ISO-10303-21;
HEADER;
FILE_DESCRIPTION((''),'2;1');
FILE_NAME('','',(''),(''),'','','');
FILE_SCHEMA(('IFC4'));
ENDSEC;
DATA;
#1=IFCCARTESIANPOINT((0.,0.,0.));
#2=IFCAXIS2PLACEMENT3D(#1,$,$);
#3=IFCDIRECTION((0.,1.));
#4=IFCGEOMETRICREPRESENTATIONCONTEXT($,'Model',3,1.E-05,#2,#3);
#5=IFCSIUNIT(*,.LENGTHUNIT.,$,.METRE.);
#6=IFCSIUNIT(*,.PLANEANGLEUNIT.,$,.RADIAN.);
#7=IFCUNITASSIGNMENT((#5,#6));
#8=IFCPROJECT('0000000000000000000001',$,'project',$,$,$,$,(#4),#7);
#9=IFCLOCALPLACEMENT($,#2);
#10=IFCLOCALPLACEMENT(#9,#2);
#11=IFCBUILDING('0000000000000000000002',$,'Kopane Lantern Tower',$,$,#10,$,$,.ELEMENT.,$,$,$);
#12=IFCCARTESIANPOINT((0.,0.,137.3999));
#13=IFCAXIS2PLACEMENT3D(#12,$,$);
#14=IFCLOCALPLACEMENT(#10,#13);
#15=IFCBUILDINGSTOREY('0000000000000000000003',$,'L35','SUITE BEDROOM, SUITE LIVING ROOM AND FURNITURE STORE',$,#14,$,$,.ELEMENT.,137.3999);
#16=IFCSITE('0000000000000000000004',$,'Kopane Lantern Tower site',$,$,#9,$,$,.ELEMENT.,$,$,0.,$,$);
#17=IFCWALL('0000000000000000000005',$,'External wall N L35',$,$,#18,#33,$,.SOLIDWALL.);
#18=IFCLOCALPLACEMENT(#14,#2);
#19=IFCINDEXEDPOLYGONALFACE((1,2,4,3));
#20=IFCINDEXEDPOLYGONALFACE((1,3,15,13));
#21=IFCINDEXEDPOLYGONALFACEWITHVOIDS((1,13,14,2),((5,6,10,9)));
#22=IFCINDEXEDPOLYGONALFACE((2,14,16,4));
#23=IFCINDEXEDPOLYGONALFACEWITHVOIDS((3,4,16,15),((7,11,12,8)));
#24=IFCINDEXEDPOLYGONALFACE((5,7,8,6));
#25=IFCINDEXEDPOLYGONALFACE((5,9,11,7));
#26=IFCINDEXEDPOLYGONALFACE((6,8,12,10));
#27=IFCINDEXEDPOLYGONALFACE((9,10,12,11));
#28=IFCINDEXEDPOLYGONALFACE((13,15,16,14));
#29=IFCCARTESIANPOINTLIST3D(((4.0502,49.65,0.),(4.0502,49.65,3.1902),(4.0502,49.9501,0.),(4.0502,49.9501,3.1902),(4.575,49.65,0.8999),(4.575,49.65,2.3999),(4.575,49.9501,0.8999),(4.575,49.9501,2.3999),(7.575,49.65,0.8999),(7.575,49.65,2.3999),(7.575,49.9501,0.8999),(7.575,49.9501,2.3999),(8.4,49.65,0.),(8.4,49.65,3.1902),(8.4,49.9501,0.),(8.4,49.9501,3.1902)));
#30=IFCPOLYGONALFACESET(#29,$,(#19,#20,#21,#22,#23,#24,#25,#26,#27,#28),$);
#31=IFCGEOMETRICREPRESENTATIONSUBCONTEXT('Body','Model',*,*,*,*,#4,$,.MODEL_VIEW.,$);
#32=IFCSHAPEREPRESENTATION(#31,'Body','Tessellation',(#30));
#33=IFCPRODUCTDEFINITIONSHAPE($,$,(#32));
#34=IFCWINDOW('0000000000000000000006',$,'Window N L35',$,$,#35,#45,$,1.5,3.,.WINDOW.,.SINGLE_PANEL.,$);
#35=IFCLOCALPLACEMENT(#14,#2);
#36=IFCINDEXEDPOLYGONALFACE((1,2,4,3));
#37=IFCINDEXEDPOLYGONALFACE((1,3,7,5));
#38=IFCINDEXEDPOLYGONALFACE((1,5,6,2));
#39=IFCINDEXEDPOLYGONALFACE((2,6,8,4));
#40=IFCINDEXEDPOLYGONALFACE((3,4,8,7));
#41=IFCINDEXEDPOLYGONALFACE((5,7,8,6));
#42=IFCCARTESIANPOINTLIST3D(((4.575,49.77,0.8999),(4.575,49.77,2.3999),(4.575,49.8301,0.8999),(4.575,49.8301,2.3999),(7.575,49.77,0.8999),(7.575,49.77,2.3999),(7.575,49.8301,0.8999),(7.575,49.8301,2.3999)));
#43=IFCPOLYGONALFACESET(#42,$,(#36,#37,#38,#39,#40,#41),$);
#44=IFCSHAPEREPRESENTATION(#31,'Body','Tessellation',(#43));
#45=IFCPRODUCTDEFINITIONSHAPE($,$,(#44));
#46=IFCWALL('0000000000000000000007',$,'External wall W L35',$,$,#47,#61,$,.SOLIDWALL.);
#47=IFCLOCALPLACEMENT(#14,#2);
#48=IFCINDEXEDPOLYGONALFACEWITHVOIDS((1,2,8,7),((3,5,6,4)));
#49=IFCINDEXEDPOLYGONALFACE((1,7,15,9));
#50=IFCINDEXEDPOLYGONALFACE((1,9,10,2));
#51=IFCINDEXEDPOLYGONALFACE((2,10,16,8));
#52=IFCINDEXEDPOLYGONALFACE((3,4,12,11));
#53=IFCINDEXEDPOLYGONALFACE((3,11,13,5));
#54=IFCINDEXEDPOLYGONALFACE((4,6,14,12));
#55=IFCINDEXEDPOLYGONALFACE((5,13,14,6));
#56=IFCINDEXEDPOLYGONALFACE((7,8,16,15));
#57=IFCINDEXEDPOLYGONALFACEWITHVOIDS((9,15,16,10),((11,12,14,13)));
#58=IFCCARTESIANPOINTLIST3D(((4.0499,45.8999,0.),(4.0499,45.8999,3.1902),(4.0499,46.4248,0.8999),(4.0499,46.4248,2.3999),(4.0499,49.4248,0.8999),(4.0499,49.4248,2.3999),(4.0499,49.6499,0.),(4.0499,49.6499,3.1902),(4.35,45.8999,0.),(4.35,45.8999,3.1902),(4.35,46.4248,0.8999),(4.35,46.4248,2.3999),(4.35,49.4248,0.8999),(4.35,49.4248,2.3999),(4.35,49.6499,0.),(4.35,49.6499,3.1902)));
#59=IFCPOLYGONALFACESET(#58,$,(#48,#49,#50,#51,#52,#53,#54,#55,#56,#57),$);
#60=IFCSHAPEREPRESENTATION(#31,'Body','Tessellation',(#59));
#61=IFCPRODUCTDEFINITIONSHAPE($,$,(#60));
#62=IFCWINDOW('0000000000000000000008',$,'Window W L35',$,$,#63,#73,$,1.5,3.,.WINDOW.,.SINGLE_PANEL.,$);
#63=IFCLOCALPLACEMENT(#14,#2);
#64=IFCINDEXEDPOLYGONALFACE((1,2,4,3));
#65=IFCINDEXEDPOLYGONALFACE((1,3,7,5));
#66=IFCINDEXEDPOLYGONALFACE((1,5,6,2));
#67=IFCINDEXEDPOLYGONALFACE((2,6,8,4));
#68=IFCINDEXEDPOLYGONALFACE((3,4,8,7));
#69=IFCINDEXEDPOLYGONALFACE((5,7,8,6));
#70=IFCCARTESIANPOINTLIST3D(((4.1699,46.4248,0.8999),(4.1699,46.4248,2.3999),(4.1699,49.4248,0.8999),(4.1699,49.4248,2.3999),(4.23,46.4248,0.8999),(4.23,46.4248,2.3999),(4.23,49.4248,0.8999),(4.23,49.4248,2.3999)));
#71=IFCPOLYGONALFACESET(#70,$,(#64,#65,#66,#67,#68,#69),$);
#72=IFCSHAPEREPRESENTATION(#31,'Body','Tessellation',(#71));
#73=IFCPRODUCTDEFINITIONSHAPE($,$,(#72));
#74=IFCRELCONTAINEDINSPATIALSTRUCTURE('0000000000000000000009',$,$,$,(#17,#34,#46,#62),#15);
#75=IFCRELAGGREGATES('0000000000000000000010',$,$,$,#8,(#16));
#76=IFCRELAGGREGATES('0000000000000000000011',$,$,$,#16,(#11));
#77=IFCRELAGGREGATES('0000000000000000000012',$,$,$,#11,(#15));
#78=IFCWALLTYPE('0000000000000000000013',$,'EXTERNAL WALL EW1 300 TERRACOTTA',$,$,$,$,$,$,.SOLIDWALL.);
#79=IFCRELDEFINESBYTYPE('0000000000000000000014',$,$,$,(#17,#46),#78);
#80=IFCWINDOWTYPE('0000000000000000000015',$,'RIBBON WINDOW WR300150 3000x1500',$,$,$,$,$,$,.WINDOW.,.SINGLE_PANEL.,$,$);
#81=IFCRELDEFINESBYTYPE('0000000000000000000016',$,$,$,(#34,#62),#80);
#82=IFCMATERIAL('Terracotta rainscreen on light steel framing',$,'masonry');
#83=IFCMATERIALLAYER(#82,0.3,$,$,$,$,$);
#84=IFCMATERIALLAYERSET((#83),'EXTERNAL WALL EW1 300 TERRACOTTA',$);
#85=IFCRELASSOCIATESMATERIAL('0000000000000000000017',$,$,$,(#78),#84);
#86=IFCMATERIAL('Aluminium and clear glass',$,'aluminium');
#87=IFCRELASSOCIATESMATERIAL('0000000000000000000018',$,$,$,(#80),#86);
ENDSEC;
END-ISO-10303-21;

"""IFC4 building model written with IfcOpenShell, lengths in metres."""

from ifc_helpers import new_model, si_unit, direction, frame, frame_2d, origin, place, context, subcontext, project, spatial, rectangle, extrude, material, layer, layer_set, type_object, element, fill, save


model = new_model("IFC4")

# Units and contexts
model_context = context("Model", 3, precision=1e-05, world=origin(), true_north=direction((0.0, 1.0)))
body_context = subcontext(model_context, "Body", "Model", "MODEL_VIEW")
ifc_project = project(units=[si_unit("LENGTHUNIT", "METRE"), si_unit("PLANEANGLEUNIT", "RADIAN")], contexts=[model_context])

# Site, building, storey
site_placement = place(None, origin())
site = spatial("IfcSite", under=ifc_project, at=site_placement, Name="Kopane Lantern Tower site", CompositionType="ELEMENT", RefElevation=0.0)
building_placement = place(site_placement, origin())
building = spatial("IfcBuilding", under=site, at=building_placement, Name="Kopane Lantern Tower", CompositionType="ELEMENT")
storey_placement = place(building_placement, frame((0.0, 0.0, 137.3999)))
storey = spatial("IfcBuildingStorey", under=building, at=storey_placement, Name="L35", Description="SUITE BEDROOM, SUITE LIVING ROOM AND FURNITURE STORE", CompositionType="ELEMENT", Elevation=137.3999)

# Walls, openings, windows
ifc_material_1 = material(Name="Terracotta rainscreen on light steel framing", Category="masonry")
ifc_layer_1 = layer(ifc_material_1, 0.3)
ifc_layer_set_1 = layer_set([ifc_layer_1], Name="EXTERNAL WALL EW1 300 TERRACOTTA")
wall_type_1 = type_object("IfcWallType", Name="EXTERNAL WALL EW1 300 TERRACOTTA", PredefinedType="SOLIDWALL", material=ifc_layer_set_1)
ifc_material_2 = material(Name="Aluminium and clear glass", Category="aluminium")
window_type = type_object("IfcWindowType", Name="RIBBON WINDOW WR300150 3000x1500", PartitioningType="SINGLE_PANEL", PredefinedType="WINDOW", material=ifc_material_2)
wall_1_placement = place(storey_placement, frame((8.3999, 49.8, 0.0), z_axis=(0.0, 0.0, 1.0), x_axis=(-1.0, 0.0, 0.0)))
wall_1 = element("IfcWall", 1, at=wall_1_placement, inside=storey, type_object=wall_type_1, Name="External wall N L35", PredefinedType="SOLIDWALL", context=body_context, shape_type="SweptSolid", body=[
    extrude(rectangle(XDim=4.3499, YDim=0.3, at=frame_2d((2.1748, 0.0))), origin(), (0.0, 0.0, 1.0), 3.1902),
])
opening_1_placement = place(wall_1_placement, frame((0.825, 0.0, 0.8999)))
opening_1 = element("IfcOpeningElement", 2, at=opening_1_placement, cuts=wall_1, PredefinedType="OPENING", context=body_context, shape_type="SweptSolid", body=[
    extrude(rectangle(XDim=3.0, YDim=1.5, at=frame_2d((1.5, 0.75))), frame((0.0, 0.1599, 0.0), z_axis=(0.0, -1.0, 0.0), x_axis=(1.0, 0.0, 0.0)), (0.0, 0.0, 1.0), 0.3201),
])
window_1_placement = place(opening_1_placement, origin())
window_1 = element("IfcWindow", 3, at=window_1_placement, inside=storey, type_object=window_type, Name="Window N L35", OverallHeight=1.5, OverallWidth=3.0, PartitioningType="SINGLE_PANEL", PredefinedType="WINDOW", context=body_context, shape_type="SweptSolid", body=[
    extrude(rectangle(XDim=3.0, YDim=1.5, at=frame_2d((1.5, 0.75))), frame((0.0, 0.03, 0.0), z_axis=(0.0, -1.0, 0.0), x_axis=(1.0, 0.0, 0.0)), (0.0, 0.0, 1.0), 0.0601),
])
fill(opening_1, window_1)
wall_2_placement = place(storey_placement, frame((4.2, 49.6499, 0.0), z_axis=(0.0, 0.0, 1.0), x_axis=(0.0, -1.0, 0.0)))
wall_2 = element("IfcWall", 4, at=wall_2_placement, inside=storey, type_object=wall_type_1, Name="External wall W L35", PredefinedType="SOLIDWALL", context=body_context, shape_type="SweptSolid", body=[
    extrude(rectangle(XDim=3.75, YDim=0.3, at=frame_2d((1.875, 0.0))), origin(), (0.0, 0.0, 1.0), 3.1902),
])
opening_2_placement = place(wall_2_placement, frame((0.2251, 0.0, 0.8999)))
opening_2 = element("IfcOpeningElement", 5, at=opening_2_placement, cuts=wall_2, PredefinedType="OPENING", context=body_context, shape_type="SweptSolid", body=[
    extrude(rectangle(XDim=3.0, YDim=1.5, at=frame_2d((1.5, 0.75))), frame((0.0, 0.1599, 0.0), z_axis=(0.0, -1.0, 0.0), x_axis=(1.0, 0.0, 0.0)), (0.0, 0.0, 1.0), 0.3201),
])
window_2_placement = place(opening_2_placement, origin())
window_2 = element("IfcWindow", 6, at=window_2_placement, inside=storey, type_object=window_type, Name="Window W L35", OverallHeight=1.5, OverallWidth=3.0, PartitioningType="SINGLE_PANEL", PredefinedType="WINDOW", context=body_context, shape_type="SweptSolid", body=[
    extrude(rectangle(XDim=3.0, YDim=1.5, at=frame_2d((1.5, 0.75))), frame((0.0, 0.03, 0.0), z_axis=(0.0, -1.0, 0.0), x_axis=(1.0, 0.0, 0.0)), (0.0, 0.0, 1.0), 0.0601),
])
fill(opening_2, window_2)

save(model, "model.ifc")
